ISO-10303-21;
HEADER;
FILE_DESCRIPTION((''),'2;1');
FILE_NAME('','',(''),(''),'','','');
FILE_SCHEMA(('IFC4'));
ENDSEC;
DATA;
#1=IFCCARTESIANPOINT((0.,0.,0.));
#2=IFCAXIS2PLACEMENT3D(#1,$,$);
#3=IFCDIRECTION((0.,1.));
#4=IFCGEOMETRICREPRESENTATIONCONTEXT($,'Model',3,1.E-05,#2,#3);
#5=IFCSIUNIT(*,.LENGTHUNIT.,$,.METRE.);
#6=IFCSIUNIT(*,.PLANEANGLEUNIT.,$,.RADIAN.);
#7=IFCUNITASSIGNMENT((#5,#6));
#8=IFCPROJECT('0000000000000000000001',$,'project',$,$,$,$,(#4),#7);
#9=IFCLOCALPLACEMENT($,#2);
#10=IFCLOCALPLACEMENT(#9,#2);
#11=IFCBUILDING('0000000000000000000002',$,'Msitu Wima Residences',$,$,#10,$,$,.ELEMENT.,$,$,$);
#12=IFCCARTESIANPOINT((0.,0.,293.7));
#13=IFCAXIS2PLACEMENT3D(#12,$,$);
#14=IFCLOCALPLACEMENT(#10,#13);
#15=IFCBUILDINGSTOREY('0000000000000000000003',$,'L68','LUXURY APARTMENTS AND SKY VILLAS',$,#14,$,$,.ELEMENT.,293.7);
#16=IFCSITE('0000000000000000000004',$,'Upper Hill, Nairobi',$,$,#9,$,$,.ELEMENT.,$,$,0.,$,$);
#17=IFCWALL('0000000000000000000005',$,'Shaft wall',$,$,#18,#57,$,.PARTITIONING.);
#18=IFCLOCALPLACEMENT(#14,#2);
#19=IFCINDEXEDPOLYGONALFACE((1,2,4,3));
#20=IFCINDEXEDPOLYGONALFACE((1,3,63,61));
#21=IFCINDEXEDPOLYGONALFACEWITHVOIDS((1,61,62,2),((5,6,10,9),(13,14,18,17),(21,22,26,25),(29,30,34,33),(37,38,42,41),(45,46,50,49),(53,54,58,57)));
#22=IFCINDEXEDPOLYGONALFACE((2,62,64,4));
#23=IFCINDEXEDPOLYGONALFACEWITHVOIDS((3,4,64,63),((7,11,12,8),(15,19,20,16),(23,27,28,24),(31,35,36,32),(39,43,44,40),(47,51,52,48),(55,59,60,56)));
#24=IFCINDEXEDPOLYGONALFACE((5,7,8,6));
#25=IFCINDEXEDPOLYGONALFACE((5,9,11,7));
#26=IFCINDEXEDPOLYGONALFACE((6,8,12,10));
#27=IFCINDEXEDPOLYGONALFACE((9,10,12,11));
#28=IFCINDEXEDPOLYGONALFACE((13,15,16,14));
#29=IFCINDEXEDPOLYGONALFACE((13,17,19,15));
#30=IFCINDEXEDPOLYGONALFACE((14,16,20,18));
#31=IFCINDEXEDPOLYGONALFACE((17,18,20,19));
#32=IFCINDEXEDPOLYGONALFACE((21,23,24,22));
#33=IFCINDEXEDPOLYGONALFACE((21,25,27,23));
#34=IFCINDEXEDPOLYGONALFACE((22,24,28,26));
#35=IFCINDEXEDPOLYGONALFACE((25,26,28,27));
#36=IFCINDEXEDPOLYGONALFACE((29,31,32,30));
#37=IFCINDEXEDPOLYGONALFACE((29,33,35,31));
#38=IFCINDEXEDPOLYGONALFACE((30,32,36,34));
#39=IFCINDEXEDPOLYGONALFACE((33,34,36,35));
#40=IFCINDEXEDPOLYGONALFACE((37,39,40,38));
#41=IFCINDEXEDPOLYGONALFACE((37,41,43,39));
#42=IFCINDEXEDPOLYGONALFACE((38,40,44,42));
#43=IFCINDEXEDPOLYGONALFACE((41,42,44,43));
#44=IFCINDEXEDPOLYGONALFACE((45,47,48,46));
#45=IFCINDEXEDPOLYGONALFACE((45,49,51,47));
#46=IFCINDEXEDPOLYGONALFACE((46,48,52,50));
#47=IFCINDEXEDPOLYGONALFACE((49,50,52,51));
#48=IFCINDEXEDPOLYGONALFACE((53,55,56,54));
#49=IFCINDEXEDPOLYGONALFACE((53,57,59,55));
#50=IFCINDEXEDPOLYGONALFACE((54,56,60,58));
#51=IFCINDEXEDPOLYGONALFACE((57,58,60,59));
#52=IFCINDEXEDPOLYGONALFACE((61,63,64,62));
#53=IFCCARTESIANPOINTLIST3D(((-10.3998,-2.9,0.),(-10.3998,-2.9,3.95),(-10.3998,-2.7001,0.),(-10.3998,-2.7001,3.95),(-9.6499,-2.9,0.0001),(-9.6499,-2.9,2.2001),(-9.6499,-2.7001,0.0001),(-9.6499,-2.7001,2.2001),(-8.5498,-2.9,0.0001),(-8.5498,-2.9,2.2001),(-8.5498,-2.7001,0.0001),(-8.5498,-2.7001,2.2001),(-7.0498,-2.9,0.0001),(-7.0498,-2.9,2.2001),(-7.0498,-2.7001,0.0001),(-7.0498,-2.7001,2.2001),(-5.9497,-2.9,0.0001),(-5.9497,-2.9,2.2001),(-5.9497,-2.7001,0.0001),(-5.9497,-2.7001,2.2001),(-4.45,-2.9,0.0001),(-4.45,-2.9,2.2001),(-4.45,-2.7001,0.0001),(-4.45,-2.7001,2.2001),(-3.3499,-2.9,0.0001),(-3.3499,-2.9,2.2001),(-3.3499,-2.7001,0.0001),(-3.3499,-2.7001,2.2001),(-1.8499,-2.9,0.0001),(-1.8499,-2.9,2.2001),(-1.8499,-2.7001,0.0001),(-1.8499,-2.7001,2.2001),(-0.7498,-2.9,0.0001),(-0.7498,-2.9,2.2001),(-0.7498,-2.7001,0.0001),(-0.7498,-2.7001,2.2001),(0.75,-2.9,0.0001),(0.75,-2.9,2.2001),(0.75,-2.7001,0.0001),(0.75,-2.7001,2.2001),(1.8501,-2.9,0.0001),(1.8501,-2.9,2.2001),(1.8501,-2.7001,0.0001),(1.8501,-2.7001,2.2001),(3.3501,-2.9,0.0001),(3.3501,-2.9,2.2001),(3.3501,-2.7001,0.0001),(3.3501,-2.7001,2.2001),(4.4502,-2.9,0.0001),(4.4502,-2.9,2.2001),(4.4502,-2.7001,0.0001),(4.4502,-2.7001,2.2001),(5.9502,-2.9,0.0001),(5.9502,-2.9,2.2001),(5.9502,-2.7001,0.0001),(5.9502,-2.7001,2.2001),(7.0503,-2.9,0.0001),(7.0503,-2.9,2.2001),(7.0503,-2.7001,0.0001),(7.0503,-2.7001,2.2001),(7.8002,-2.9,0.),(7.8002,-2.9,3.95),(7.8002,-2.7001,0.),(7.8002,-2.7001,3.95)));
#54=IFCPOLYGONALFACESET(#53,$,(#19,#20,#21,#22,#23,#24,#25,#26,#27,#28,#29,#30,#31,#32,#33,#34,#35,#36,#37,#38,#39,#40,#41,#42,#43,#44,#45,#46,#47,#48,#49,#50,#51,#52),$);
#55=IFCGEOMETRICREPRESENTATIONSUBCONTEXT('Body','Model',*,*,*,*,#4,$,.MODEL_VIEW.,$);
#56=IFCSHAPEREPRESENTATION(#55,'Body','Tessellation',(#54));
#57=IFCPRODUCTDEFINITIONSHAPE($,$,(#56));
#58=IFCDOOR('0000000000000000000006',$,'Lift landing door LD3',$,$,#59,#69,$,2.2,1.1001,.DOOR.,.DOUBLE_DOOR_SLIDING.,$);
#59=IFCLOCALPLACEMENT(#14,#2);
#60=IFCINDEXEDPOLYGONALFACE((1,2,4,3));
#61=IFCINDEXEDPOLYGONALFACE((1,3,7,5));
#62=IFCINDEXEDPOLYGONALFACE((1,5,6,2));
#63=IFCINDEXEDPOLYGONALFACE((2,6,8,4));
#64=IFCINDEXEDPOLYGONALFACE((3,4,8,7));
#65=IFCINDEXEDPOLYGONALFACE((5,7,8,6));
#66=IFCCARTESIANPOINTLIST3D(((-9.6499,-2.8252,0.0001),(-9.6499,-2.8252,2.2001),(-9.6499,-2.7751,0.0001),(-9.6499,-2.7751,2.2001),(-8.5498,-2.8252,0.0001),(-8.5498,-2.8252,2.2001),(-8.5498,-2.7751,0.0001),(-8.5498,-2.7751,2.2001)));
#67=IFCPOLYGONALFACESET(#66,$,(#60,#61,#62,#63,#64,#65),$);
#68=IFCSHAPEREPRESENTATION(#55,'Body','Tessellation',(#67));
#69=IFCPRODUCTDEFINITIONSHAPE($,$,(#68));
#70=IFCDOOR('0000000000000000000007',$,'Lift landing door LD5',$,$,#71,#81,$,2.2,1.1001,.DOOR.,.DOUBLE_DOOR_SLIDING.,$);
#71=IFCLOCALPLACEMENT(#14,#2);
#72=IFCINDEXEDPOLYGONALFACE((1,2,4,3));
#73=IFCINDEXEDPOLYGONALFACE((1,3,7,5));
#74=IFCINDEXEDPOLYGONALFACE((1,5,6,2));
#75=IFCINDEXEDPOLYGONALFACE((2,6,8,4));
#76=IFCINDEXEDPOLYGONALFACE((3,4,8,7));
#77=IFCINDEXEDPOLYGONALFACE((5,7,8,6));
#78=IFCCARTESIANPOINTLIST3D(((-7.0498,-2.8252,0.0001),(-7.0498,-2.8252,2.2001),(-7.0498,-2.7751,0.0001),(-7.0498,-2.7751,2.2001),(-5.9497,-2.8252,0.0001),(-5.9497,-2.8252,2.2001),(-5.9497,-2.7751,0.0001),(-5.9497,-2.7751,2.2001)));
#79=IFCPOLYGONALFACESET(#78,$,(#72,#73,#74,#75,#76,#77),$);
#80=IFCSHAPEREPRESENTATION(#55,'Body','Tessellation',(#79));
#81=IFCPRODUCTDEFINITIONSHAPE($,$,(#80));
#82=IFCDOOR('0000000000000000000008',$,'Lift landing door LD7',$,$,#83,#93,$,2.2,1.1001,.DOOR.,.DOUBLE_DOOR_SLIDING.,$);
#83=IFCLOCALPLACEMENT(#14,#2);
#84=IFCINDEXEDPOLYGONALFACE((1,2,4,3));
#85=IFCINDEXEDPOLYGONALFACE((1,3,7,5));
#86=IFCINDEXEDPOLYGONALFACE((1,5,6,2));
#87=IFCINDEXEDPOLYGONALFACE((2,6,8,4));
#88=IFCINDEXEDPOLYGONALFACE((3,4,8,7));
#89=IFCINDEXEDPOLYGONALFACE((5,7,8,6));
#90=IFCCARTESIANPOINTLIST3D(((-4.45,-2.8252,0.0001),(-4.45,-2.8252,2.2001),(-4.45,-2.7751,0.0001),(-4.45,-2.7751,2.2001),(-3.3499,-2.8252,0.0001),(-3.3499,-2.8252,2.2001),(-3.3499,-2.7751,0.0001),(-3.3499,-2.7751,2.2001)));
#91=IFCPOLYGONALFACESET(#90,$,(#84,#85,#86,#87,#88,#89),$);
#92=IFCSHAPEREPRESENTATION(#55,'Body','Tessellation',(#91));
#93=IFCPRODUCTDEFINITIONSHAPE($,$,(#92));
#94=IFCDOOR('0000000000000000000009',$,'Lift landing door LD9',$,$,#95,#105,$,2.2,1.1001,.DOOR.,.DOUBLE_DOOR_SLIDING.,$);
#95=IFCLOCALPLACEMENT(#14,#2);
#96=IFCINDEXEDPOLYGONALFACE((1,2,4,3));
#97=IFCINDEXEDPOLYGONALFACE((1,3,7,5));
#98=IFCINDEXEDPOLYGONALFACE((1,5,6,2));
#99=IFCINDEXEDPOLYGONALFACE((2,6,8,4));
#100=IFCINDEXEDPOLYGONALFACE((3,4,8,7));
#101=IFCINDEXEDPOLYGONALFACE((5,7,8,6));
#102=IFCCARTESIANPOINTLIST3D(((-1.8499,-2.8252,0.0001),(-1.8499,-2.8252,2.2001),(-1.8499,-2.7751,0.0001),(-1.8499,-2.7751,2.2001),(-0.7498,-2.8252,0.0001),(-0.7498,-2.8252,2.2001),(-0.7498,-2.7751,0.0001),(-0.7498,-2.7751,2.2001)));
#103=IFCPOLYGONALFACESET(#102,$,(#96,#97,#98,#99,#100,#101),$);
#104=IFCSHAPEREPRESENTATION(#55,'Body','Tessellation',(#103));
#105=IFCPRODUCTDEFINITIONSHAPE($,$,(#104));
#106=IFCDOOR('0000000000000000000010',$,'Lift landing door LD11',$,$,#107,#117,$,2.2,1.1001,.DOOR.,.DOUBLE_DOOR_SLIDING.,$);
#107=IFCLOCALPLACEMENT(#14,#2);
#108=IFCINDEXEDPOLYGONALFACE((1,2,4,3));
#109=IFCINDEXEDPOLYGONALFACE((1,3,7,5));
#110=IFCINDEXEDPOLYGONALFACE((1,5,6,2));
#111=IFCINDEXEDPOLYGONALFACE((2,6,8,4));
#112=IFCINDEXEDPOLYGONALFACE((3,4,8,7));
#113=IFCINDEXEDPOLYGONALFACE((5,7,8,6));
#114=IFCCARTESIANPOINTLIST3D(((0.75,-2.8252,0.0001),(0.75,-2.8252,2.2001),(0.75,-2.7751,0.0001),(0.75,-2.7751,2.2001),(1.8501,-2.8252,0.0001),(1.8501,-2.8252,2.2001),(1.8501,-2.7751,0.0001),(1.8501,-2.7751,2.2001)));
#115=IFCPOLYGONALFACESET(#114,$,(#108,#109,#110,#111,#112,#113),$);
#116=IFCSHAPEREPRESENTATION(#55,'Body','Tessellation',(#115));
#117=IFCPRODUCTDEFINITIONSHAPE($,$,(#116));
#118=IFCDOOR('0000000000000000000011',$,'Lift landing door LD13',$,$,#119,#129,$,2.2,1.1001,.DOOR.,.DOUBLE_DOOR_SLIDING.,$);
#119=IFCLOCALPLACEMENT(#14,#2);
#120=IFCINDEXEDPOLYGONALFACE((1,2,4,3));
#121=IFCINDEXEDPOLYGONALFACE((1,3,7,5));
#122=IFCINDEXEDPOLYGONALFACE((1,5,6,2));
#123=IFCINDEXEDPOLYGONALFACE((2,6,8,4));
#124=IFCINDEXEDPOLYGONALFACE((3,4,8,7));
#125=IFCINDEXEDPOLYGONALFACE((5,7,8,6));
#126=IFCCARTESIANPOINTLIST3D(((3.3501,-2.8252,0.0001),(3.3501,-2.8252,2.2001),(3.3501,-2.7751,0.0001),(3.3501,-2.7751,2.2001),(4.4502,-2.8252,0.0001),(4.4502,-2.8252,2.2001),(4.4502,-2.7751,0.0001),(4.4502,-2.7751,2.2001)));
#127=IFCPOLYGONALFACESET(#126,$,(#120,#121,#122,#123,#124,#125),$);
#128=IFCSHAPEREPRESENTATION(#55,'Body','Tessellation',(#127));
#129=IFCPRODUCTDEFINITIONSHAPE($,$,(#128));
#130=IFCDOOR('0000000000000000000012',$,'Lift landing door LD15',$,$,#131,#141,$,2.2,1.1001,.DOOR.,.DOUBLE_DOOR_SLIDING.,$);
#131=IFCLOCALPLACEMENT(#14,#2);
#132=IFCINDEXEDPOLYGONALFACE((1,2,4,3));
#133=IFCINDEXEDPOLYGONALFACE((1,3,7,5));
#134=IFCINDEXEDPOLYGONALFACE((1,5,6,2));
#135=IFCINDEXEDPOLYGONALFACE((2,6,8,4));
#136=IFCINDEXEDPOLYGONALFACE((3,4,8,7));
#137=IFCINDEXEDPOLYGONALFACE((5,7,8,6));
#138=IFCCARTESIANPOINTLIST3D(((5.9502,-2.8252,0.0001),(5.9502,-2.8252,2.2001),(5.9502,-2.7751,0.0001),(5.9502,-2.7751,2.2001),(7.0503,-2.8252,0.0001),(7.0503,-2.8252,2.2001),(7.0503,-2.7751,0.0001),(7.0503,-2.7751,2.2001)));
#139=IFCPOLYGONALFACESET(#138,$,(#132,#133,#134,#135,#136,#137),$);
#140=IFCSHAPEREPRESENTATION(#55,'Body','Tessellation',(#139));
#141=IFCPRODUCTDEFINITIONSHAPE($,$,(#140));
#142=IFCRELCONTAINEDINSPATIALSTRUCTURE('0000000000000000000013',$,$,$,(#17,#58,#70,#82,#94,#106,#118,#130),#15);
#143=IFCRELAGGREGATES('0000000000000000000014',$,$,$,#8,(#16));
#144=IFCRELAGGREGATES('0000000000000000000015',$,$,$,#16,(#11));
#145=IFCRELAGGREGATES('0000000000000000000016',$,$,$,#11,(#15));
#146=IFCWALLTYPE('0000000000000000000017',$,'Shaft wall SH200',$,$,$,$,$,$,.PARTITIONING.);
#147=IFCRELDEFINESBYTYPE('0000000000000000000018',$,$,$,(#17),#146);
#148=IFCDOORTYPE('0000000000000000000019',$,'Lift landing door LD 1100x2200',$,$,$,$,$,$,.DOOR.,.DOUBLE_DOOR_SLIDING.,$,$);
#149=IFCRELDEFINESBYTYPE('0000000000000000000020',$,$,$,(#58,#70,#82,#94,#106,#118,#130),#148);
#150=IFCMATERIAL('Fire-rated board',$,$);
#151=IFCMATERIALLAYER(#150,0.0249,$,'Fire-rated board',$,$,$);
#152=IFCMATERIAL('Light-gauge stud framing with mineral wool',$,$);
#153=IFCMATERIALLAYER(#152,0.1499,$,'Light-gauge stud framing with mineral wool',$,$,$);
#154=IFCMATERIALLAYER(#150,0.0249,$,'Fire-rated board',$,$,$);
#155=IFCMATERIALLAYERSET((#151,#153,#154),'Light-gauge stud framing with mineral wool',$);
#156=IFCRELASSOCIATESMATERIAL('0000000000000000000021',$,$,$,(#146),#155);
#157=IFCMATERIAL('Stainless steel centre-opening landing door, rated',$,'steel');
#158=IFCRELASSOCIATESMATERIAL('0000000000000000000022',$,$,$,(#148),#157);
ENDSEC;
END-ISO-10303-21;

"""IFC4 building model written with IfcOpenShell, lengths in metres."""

from ifc_helpers import new_model, si_unit, direction, frame, frame_2d, origin, place, context, subcontext, project, spatial, rectangle, extrude, material, layer, layer_set, type_object, element, fill, save


model = new_model("IFC4")

# Units and contexts
model_context = context("Model", 3, precision=1e-05, world=origin(), true_north=direction((0.0, 1.0)))
body_context = subcontext(model_context, "Body", "Model", "MODEL_VIEW")
ifc_project = project(units=[si_unit("LENGTHUNIT", "METRE"), si_unit("PLANEANGLEUNIT", "RADIAN")], contexts=[model_context])

# Site, building, storey
site_placement = place(None, origin())
site = spatial("IfcSite", under=ifc_project, at=site_placement, Name="Upper Hill, Nairobi", CompositionType="ELEMENT", RefElevation=0.0)
building_placement = place(site_placement, origin())
building = spatial("IfcBuilding", under=site, at=building_placement, Name="Msitu Wima Residences", CompositionType="ELEMENT")
storey_placement = place(building_placement, frame((0.0, 0.0, 293.7)))
storey = spatial("IfcBuildingStorey", under=building, at=storey_placement, Name="L68", Description="LUXURY APARTMENTS AND SKY VILLAS", CompositionType="ELEMENT", Elevation=293.7)

# Shared definitions
ifc_material_1 = material(Name="Fire-rated board")
ifc_layer_1 = layer(ifc_material_1, 0.0249, Name="Fire-rated board")
ifc_material_2 = material(Name="Light-gauge stud framing with mineral wool")
ifc_layer_2 = layer(ifc_material_2, 0.1499, Name="Light-gauge stud framing with mineral wool")
ifc_layer_3 = layer(ifc_material_1, 0.0249, Name="Fire-rated board")
ifc_layer_set = layer_set([ifc_layer_1, ifc_layer_2, ifc_layer_3], Name="Light-gauge stud framing with mineral wool")
wall_type = type_object("IfcWallType", Name="Shaft wall SH200", PredefinedType="PARTITIONING", material=ifc_layer_set)

# Wall, openings, doors
wall_1_placement = place(storey_placement, frame((-10.3999, -2.8, 0.0), z_axis=(0.0, 0.0, 1.0), x_axis=(1.0, 0.0, 0.0)))
wall_1 = element("IfcWall", 1, at=wall_1_placement, inside=storey, type_object=wall_type, Name="Shaft wall", PredefinedType="PARTITIONING", context=body_context, shape_type="SweptSolid", body=[
    extrude(rectangle(XDim=18.2, YDim=0.2, at=frame_2d((9.1001, 0.0))), origin(), (0.0, 0.0, 1.0), 3.95),
])
opening_1_placement = place(wall_1_placement, frame((0.75, 0.0, 0.0)))
opening_1 = element("IfcOpeningElement", 2, at=opening_1_placement, cuts=wall_1, PredefinedType="OPENING", context=body_context, shape_type="SweptSolid", body=[
    extrude(rectangle(XDim=1.1001, YDim=2.2, at=frame_2d((0.55, 1.1001))), frame((0.0, 0.1099, 0.0), z_axis=(0.0, -1.0, 0.0), x_axis=(1.0, 0.0, 0.0)), (0.0, 0.0, 1.0), 0.22),
])
opening_2_placement = place(wall_1_placement, frame((3.3501, 0.0, 0.0)))
opening_2 = element("IfcOpeningElement", 3, at=opening_2_placement, cuts=wall_1, PredefinedType="OPENING", context=body_context, shape_type="SweptSolid", body=[
    extrude(rectangle(XDim=1.1001, YDim=2.2, at=frame_2d((0.55, 1.1001))), frame((0.0, 0.1099, 0.0), z_axis=(0.0, -1.0, 0.0), x_axis=(1.0, 0.0, 0.0)), (0.0, 0.0, 1.0), 0.22),
])
opening_3_placement = place(wall_1_placement, frame((5.95, 0.0, 0.0)))
opening_3 = element("IfcOpeningElement", 4, at=opening_3_placement, cuts=wall_1, PredefinedType="OPENING", context=body_context, shape_type="SweptSolid", body=[
    extrude(rectangle(XDim=1.1001, YDim=2.2, at=frame_2d((0.55, 1.1001))), frame((0.0, 0.1099, 0.0), z_axis=(0.0, -1.0, 0.0), x_axis=(1.0, 0.0, 0.0)), (0.0, 0.0, 1.0), 0.22),
])
opening_4_placement = place(wall_1_placement, frame((8.55, 0.0, 0.0)))
opening_4 = element("IfcOpeningElement", 5, at=opening_4_placement, cuts=wall_1, PredefinedType="OPENING", context=body_context, shape_type="SweptSolid", body=[
    extrude(rectangle(XDim=1.1001, YDim=2.2, at=frame_2d((0.55, 1.1001))), frame((0.0, 0.1099, 0.0), z_axis=(0.0, -1.0, 0.0), x_axis=(1.0, 0.0, 0.0)), (0.0, 0.0, 1.0), 0.22),
])
opening_5_placement = place(wall_1_placement, frame((11.1499, 0.0, 0.0)))
opening_5 = element("IfcOpeningElement", 6, at=opening_5_placement, cuts=wall_1, PredefinedType="OPENING", context=body_context, shape_type="SweptSolid", body=[
    extrude(rectangle(XDim=1.1001, YDim=2.2, at=frame_2d((0.55, 1.1001))), frame((0.0, 0.1099, 0.0), z_axis=(0.0, -1.0, 0.0), x_axis=(1.0, 0.0, 0.0)), (0.0, 0.0, 1.0), 0.22),
])
opening_6_placement = place(wall_1_placement, frame((13.75, 0.0, 0.0)))
opening_6 = element("IfcOpeningElement", 7, at=opening_6_placement, cuts=wall_1, PredefinedType="OPENING", context=body_context, shape_type="SweptSolid", body=[
    extrude(rectangle(XDim=1.1001, YDim=2.2, at=frame_2d((0.55, 1.1001))), frame((0.0, 0.1099, 0.0), z_axis=(0.0, -1.0, 0.0), x_axis=(1.0, 0.0, 0.0)), (0.0, 0.0, 1.0), 0.22),
])
opening_7_placement = place(wall_1_placement, frame((16.3501, 0.0, 0.0)))
opening_7 = element("IfcOpeningElement", 8, at=opening_7_placement, cuts=wall_1, PredefinedType="OPENING", context=body_context, shape_type="SweptSolid", body=[
    extrude(rectangle(XDim=1.1001, YDim=2.2, at=frame_2d((0.55, 1.1001))), frame((0.0, 0.1099, 0.0), z_axis=(0.0, -1.0, 0.0), x_axis=(1.0, 0.0, 0.0)), (0.0, 0.0, 1.0), 0.22),
])
ifc_material_3 = material(Name="Stainless steel centre-opening landing door, rated", Category="steel")
door_type = type_object("IfcDoorType", Name="Lift landing door LD 1100x2200", OperationType="DOUBLE_DOOR_SLIDING", PredefinedType="DOOR", material=ifc_material_3)
door_1_placement = place(opening_1_placement, origin())
door_1 = element("IfcDoor", 9, at=door_1_placement, inside=storey, type_object=door_type, Name="Lift landing door LD3", OperationType="DOUBLE_DOOR_SLIDING", OverallHeight=2.2, OverallWidth=1.1001, PredefinedType="DOOR", context=body_context, shape_type="SweptSolid", body=[
    extrude(rectangle(XDim=1.1001, YDim=2.2, at=frame_2d((0.55, 1.1001))), frame((0.0, 0.0249, 0.0), z_axis=(0.0, -1.0, 0.0), x_axis=(1.0, 0.0, 0.0)), (0.0, 0.0, 1.0), 0.05),
])
fill(opening_1, door_1)
door_2_placement = place(opening_2_placement, origin())
door_2 = element("IfcDoor", 10, at=door_2_placement, inside=storey, type_object=door_type, Name="Lift landing door LD5", OperationType="DOUBLE_DOOR_SLIDING", OverallHeight=2.2, OverallWidth=1.1001, PredefinedType="DOOR", context=body_context, shape_type="SweptSolid", body=[
    extrude(rectangle(XDim=1.1001, YDim=2.2, at=frame_2d((0.55, 1.1001))), frame((0.0, 0.0249, 0.0), z_axis=(0.0, -1.0, 0.0), x_axis=(1.0, 0.0, 0.0)), (0.0, 0.0, 1.0), 0.05),
])
fill(opening_2, door_2)
door_3_placement = place(opening_3_placement, origin())
door_3 = element("IfcDoor", 11, at=door_3_placement, inside=storey, type_object=door_type, Name="Lift landing door LD7", OperationType="DOUBLE_DOOR_SLIDING", OverallHeight=2.2, OverallWidth=1.1001, PredefinedType="DOOR", context=body_context, shape_type="SweptSolid", body=[
    extrude(rectangle(XDim=1.1001, YDim=2.2, at=frame_2d((0.55, 1.1001))), frame((0.0, 0.0249, 0.0), z_axis=(0.0, -1.0, 0.0), x_axis=(1.0, 0.0, 0.0)), (0.0, 0.0, 1.0), 0.05),
])
fill(opening_3, door_3)
door_4_placement = place(opening_4_placement, origin())
door_4 = element("IfcDoor", 12, at=door_4_placement, inside=storey, type_object=door_type, Name="Lift landing door LD9", OperationType="DOUBLE_DOOR_SLIDING", OverallHeight=2.2, OverallWidth=1.1001, PredefinedType="DOOR", context=body_context, shape_type="SweptSolid", body=[
    extrude(rectangle(XDim=1.1001, YDim=2.2, at=frame_2d((0.55, 1.1001))), frame((0.0, 0.0249, 0.0), z_axis=(0.0, -1.0, 0.0), x_axis=(1.0, 0.0, 0.0)), (0.0, 0.0, 1.0), 0.05),
])
fill(opening_4, door_4)
door_5_placement = place(opening_5_placement, origin())
door_5 = element("IfcDoor", 13, at=door_5_placement, inside=storey, type_object=door_type, Name="Lift landing door LD11", OperationType="DOUBLE_DOOR_SLIDING", OverallHeight=2.2, OverallWidth=1.1001, PredefinedType="DOOR", context=body_context, shape_type="SweptSolid", body=[
    extrude(rectangle(XDim=1.1001, YDim=2.2, at=frame_2d((0.55, 1.1001))), frame((0.0, 0.0249, 0.0), z_axis=(0.0, -1.0, 0.0), x_axis=(1.0, 0.0, 0.0)), (0.0, 0.0, 1.0), 0.05),
])
fill(opening_5, door_5)
door_6_placement = place(opening_6_placement, origin())
door_6 = element("IfcDoor", 14, at=door_6_placement, inside=storey, type_object=door_type, Name="Lift landing door LD13", OperationType="DOUBLE_DOOR_SLIDING", OverallHeight=2.2, OverallWidth=1.1001, PredefinedType="DOOR", context=body_context, shape_type="SweptSolid", body=[
    extrude(rectangle(XDim=1.1001, YDim=2.2, at=frame_2d((0.55, 1.1001))), frame((0.0, 0.0249, 0.0), z_axis=(0.0, -1.0, 0.0), x_axis=(1.0, 0.0, 0.0)), (0.0, 0.0, 1.0), 0.05),
])
fill(opening_6, door_6)
door_7_placement = place(opening_7_placement, origin())
door_7 = element("IfcDoor", 15, at=door_7_placement, inside=storey, type_object=door_type, Name="Lift landing door LD15", OperationType="DOUBLE_DOOR_SLIDING", OverallHeight=2.2, OverallWidth=1.1001, PredefinedType="DOOR", context=body_context, shape_type="SweptSolid", body=[
    extrude(rectangle(XDim=1.1001, YDim=2.2, at=frame_2d((0.55, 1.1001))), frame((0.0, 0.0249, 0.0), z_axis=(0.0, -1.0, 0.0), x_axis=(1.0, 0.0, 0.0)), (0.0, 0.0, 1.0), 0.05),
])
fill(opening_7, door_7)

save(model, "model.ifc")
